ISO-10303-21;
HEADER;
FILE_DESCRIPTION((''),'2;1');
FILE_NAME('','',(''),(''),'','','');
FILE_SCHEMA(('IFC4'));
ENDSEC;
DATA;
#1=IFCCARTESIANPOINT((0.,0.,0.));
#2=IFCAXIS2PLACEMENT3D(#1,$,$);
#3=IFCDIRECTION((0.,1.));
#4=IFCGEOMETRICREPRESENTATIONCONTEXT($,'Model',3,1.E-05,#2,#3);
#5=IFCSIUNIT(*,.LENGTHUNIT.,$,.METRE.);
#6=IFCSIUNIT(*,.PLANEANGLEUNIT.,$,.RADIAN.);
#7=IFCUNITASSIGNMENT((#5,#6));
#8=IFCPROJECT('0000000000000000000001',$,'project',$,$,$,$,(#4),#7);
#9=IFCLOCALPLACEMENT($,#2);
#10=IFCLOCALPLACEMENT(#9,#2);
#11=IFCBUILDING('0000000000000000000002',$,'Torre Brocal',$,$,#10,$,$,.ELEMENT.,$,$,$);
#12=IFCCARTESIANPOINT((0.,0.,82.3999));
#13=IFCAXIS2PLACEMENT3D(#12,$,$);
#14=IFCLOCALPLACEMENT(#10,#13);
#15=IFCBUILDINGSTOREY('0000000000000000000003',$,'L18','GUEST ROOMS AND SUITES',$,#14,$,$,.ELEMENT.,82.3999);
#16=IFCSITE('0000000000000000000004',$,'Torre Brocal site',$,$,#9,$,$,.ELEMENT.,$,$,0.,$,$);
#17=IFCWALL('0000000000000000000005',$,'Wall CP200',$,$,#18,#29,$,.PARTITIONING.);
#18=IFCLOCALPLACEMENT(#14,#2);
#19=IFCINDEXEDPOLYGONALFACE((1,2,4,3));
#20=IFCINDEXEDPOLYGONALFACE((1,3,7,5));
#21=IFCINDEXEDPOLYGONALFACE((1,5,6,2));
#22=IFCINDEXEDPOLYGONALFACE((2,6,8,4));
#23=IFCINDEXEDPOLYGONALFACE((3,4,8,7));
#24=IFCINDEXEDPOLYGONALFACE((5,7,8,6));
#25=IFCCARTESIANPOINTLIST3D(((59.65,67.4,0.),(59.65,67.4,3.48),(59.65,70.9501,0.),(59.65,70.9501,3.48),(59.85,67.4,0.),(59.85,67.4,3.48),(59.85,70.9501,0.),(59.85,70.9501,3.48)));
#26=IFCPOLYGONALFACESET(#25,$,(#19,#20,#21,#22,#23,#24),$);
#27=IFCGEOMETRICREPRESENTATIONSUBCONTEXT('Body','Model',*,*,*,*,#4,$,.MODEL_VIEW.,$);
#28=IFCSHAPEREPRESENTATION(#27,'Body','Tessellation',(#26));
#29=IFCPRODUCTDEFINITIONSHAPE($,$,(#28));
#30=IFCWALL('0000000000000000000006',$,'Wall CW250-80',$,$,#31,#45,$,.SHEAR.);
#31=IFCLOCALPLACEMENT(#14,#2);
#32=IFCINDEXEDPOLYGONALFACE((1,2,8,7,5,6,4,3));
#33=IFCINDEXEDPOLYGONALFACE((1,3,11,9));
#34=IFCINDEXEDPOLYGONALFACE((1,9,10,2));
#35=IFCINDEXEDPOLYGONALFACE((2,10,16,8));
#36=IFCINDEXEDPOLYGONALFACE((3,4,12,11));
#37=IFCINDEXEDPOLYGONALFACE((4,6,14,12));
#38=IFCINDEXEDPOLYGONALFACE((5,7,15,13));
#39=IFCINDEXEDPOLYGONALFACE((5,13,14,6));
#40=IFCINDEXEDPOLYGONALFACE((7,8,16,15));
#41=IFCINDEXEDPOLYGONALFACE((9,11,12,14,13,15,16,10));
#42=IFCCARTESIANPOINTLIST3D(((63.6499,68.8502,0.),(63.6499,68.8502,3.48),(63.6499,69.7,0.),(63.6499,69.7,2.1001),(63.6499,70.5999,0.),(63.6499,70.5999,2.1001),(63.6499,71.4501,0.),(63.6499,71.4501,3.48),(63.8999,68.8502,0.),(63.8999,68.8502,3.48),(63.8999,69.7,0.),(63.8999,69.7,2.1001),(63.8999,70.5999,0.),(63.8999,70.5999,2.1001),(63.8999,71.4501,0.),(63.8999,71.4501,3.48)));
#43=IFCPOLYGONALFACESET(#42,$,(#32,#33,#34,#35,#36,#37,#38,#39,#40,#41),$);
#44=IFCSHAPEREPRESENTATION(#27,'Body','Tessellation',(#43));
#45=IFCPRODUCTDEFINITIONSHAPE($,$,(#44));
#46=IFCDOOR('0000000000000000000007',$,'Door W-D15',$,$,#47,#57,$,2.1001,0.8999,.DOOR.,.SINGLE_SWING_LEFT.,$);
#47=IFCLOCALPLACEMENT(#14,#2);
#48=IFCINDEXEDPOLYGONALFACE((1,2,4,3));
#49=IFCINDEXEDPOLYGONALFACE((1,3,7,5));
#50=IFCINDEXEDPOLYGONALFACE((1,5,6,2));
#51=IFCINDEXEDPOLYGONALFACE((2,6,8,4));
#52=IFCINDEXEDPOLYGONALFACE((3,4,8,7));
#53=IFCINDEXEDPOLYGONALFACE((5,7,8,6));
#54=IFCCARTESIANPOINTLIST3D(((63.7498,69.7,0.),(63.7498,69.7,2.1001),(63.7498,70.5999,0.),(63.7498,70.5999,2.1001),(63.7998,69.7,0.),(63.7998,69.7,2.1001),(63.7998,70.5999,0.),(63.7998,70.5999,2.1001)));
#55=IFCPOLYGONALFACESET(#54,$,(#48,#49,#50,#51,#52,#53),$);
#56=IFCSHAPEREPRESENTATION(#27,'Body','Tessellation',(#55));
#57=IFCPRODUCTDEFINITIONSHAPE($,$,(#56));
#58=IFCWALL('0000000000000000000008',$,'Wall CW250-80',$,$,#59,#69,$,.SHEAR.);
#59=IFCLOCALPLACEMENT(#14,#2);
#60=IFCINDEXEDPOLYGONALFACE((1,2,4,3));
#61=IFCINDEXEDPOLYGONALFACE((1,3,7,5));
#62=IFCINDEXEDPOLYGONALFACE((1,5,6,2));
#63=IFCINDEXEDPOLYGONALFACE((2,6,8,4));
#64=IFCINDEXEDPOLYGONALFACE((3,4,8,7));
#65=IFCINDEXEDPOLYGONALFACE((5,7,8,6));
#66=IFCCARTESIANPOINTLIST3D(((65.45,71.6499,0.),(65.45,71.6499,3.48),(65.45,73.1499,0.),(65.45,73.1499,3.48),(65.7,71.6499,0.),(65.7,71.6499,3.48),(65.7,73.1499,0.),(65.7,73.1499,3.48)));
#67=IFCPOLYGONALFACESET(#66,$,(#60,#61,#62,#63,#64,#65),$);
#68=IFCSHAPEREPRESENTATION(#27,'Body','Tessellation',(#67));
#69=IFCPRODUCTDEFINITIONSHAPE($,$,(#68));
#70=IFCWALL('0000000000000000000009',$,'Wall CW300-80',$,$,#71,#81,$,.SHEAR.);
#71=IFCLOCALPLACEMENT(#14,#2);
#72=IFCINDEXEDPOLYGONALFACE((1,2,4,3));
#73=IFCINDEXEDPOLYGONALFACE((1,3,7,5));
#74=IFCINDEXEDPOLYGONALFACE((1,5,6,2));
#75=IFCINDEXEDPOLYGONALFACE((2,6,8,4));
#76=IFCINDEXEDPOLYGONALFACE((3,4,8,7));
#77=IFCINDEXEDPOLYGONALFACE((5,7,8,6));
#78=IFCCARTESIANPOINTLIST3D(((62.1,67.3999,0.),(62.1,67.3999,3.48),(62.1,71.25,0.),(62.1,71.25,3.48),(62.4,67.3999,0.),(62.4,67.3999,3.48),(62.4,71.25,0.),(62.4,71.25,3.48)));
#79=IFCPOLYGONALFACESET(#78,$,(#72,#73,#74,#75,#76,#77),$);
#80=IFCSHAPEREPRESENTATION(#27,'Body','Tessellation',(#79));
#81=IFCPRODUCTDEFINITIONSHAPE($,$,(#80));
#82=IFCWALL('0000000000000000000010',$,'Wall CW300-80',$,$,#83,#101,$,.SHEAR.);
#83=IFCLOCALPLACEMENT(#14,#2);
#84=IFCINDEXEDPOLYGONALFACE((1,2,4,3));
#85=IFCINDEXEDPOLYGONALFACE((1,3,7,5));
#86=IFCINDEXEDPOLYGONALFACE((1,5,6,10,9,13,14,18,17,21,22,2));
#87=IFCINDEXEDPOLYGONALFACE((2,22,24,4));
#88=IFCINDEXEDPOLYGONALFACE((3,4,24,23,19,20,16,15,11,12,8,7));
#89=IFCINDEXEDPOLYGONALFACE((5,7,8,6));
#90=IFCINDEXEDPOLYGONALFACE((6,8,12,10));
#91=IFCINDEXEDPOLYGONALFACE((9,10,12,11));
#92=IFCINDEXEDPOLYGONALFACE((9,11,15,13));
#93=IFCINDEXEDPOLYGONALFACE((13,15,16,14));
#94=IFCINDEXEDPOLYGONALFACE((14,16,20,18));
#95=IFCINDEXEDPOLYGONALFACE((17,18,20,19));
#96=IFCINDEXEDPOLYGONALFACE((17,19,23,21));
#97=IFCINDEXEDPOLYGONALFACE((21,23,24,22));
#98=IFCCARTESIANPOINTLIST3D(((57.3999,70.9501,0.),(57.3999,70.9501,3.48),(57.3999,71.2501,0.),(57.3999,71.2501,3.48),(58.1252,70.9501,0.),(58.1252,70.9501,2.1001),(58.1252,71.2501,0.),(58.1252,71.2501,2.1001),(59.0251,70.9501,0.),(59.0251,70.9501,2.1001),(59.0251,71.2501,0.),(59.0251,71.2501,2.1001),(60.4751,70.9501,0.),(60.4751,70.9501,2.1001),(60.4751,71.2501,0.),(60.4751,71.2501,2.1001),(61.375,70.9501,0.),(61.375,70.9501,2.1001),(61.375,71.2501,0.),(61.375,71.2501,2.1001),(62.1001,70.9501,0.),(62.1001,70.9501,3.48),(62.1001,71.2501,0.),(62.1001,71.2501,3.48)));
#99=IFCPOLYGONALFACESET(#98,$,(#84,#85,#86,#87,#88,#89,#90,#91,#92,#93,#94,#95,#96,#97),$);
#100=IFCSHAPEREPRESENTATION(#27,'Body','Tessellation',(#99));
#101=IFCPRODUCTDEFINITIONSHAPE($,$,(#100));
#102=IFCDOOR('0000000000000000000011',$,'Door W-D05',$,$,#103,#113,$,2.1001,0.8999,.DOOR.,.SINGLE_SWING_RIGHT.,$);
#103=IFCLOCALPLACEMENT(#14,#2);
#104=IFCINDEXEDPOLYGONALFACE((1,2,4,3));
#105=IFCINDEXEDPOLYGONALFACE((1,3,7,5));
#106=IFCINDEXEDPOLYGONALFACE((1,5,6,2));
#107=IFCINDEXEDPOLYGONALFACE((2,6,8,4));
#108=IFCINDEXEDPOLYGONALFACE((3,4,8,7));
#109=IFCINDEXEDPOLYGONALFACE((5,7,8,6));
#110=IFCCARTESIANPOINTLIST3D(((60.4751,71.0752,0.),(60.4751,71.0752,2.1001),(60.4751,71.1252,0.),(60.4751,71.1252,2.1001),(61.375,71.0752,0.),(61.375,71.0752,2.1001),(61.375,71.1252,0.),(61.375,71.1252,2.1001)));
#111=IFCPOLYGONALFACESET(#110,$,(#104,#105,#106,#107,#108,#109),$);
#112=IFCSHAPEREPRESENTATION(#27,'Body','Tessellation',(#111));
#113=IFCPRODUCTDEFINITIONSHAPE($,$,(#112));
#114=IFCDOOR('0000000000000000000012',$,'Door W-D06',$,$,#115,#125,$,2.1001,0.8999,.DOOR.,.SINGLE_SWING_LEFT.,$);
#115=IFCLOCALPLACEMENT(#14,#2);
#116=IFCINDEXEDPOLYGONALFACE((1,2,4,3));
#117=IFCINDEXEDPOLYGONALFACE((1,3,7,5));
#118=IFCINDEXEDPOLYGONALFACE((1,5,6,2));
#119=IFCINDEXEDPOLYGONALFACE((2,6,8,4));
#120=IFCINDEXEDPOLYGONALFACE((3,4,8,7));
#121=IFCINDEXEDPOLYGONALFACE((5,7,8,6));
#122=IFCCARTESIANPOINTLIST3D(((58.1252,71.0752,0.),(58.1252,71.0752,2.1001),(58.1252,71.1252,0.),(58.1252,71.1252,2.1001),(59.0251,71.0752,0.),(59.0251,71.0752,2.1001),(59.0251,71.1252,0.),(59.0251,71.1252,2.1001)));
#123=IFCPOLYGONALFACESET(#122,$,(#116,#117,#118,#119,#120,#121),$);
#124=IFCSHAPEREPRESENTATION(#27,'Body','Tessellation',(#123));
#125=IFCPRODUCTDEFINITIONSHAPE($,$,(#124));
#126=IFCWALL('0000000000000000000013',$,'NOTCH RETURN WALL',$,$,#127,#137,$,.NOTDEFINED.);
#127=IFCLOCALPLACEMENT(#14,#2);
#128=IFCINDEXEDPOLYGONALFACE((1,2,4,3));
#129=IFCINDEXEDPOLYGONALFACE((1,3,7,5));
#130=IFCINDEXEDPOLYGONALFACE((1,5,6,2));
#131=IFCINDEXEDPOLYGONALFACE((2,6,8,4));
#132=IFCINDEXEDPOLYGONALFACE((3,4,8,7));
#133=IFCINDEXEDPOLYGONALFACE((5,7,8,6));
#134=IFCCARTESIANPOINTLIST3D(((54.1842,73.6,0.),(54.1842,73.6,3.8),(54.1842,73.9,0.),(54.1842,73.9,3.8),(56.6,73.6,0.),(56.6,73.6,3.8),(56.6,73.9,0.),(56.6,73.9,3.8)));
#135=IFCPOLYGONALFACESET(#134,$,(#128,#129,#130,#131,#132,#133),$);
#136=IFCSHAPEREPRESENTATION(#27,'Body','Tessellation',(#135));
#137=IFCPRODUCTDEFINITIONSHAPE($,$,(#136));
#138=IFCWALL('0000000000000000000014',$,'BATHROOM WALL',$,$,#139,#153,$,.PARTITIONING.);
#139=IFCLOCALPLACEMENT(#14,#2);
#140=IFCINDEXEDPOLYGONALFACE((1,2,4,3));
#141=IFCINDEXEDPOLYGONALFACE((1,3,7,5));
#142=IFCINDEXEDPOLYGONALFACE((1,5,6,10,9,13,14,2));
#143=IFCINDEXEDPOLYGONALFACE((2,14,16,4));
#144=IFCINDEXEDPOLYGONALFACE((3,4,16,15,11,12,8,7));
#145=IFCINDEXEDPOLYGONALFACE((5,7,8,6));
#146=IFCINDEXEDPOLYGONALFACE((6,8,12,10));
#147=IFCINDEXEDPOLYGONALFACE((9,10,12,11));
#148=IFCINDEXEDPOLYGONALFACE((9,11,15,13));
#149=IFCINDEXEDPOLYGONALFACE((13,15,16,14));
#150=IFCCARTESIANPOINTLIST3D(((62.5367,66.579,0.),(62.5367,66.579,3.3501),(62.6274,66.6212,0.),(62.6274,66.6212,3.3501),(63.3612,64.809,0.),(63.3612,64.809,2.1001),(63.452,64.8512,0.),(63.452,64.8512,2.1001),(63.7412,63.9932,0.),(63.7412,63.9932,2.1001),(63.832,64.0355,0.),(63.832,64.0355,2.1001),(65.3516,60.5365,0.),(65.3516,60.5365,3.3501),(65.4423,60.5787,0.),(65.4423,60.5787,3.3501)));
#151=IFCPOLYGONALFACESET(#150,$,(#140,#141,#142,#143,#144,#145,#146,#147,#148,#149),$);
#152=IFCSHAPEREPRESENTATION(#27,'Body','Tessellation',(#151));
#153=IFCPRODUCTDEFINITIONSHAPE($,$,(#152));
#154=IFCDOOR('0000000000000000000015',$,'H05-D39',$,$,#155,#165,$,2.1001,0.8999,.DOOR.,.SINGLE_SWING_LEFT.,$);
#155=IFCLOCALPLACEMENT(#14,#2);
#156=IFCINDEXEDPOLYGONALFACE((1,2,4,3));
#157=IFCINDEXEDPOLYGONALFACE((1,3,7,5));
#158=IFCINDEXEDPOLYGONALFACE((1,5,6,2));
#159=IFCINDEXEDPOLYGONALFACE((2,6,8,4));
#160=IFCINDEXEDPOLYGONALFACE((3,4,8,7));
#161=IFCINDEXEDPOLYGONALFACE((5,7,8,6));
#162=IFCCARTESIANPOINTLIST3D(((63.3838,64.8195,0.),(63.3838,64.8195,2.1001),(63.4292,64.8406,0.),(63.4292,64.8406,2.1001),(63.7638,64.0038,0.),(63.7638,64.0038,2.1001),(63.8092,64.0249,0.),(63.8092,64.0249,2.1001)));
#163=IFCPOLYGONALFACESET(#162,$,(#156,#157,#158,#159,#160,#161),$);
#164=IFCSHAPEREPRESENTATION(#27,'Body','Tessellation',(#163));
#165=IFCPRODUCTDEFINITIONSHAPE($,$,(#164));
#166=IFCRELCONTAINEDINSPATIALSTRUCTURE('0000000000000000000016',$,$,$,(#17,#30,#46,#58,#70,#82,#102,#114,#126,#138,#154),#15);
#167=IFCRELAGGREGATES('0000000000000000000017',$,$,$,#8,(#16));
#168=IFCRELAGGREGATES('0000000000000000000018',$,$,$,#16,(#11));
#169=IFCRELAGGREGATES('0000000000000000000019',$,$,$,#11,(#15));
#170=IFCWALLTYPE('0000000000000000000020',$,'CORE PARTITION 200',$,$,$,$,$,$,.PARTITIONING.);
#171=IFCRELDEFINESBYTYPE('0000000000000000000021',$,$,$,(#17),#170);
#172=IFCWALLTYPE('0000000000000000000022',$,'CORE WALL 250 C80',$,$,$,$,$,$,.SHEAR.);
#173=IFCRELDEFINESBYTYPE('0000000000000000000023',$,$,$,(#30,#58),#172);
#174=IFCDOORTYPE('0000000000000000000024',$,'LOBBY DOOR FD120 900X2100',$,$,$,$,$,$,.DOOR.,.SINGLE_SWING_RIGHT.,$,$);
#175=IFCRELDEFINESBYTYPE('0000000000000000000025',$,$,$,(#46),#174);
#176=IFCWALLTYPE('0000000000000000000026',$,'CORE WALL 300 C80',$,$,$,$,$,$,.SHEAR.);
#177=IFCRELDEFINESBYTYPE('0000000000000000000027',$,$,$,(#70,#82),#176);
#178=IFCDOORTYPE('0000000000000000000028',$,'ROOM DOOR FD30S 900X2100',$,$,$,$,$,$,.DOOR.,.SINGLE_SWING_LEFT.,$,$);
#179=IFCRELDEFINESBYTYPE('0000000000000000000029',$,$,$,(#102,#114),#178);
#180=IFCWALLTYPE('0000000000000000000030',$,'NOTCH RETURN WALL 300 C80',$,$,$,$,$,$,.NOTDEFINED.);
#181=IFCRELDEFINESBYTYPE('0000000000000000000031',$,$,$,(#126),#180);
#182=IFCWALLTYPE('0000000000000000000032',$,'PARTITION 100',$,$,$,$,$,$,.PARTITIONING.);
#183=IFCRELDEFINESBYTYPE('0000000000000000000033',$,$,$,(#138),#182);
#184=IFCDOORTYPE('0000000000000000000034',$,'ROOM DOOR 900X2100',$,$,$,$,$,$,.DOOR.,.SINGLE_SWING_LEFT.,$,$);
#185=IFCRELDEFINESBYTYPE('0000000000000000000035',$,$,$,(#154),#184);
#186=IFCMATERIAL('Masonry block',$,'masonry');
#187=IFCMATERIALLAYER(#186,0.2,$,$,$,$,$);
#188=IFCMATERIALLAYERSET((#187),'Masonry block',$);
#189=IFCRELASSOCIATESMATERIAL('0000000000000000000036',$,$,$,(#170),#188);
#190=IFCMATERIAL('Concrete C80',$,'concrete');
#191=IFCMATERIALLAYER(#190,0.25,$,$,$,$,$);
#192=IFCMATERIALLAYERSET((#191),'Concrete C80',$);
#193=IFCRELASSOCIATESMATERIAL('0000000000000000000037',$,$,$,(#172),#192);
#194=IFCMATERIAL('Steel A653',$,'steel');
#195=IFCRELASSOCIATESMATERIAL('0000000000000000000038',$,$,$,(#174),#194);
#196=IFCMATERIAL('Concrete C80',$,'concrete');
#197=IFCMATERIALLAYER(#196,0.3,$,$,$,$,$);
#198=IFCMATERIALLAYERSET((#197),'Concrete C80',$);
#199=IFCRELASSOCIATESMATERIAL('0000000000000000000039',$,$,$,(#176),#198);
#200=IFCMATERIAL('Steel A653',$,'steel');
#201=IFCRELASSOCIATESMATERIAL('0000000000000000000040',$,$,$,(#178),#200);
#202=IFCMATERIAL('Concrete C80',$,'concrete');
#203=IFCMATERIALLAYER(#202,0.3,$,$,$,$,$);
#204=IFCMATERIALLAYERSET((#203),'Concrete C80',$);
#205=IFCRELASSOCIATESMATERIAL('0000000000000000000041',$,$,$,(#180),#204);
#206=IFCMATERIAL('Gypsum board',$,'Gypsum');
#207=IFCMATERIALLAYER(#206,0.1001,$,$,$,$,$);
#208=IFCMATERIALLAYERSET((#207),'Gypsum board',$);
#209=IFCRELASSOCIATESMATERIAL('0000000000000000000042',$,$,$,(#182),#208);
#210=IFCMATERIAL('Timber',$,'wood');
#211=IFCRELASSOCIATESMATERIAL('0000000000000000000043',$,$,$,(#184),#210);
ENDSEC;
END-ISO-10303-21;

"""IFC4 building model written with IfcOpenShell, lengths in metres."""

from ifc_helpers import new_model, si_unit, direction, frame, frame_2d, origin, place, context, subcontext, project, spatial, rectangle, extrude, material, layer, layer_set, type_object, element, fill, save


model = new_model("IFC4")

# Units and contexts
model_context = context("Model", 3, precision=1e-05, world=origin(), true_north=direction((0.0, 1.0)))
body_context = subcontext(model_context, "Body", "Model", "MODEL_VIEW")
ifc_project = project(units=[si_unit("LENGTHUNIT", "METRE"), si_unit("PLANEANGLEUNIT", "RADIAN")], contexts=[model_context])

# Site, building, storey
site_placement = place(None, origin())
site = spatial("IfcSite", under=ifc_project, at=site_placement, Name="Torre Brocal site", CompositionType="ELEMENT", RefElevation=0.0)
building_placement = place(site_placement, origin())
building = spatial("IfcBuilding", under=site, at=building_placement, Name="Torre Brocal", CompositionType="ELEMENT")
storey_placement = place(building_placement, frame((0.0, 0.0, 82.3999)))
storey = spatial("IfcBuildingStorey", under=building, at=storey_placement, Name="L18", Description="GUEST ROOMS AND SUITES", CompositionType="ELEMENT", Elevation=82.3999)

# Wall
ifc_material_1 = material(Name="Masonry block", Category="masonry")
ifc_layer_1 = layer(ifc_material_1, 0.2)
ifc_layer_set_1 = layer_set([ifc_layer_1], Name="Masonry block")
wall_type_1 = type_object("IfcWallType", Name="CORE PARTITION 200", PredefinedType="PARTITIONING", material=ifc_layer_set_1)
wall_1_placement = place(storey_placement, frame((59.75, 70.95, 0.0), z_axis=(0.0, 0.0, 1.0), x_axis=(0.0, -1.0, 0.0)))
element("IfcWall", 1, at=wall_1_placement, inside=storey, type_object=wall_type_1, Name="Wall CP200", PredefinedType="PARTITIONING", context=body_context, shape_type="SweptSolid", body=[
    extrude(rectangle(XDim=3.55, YDim=0.2, at=frame_2d((1.7749, 0.0))), origin(), (0.0, 0.0, 1.0), 3.48),
])

# Wall, opening, door
ifc_material_2 = material(Name="Concrete C80", Category="concrete")
ifc_layer_2 = layer(ifc_material_2, 0.25)
ifc_layer_set_2 = layer_set([ifc_layer_2], Name="Concrete C80")
wall_type_2 = type_object("IfcWallType", Name="CORE WALL 250 C80", PredefinedType="SHEAR", material=ifc_layer_set_2)
wall_2_placement = place(storey_placement, frame((63.7749, 71.45, 0.0), z_axis=(0.0, 0.0, 1.0), x_axis=(0.0, -1.0, 0.0)))
wall_2 = element("IfcWall", 2, at=wall_2_placement, inside=storey, type_object=wall_type_2, Name="Wall CW250-80", PredefinedType="SHEAR", context=body_context, shape_type="SweptSolid", body=[
    extrude(rectangle(XDim=2.5999, YDim=0.25, at=frame_2d((1.2998, 0.0))), origin(), (0.0, 0.0, 1.0), 3.48),
])
opening_1_placement = place(wall_2_placement, frame((0.8501, 0.0, 0.0)))
opening_1 = element("IfcOpeningElement", 3, at=opening_1_placement, cuts=wall_2, PredefinedType="OPENING", context=body_context, shape_type="SweptSolid", body=[
    extrude(rectangle(XDim=0.8999, YDim=2.1001, at=frame_2d((0.45, 1.05))), frame((0.0, 0.135, 0.0), z_axis=(0.0, -1.0, 0.0), x_axis=(1.0, 0.0, 0.0)), (0.0, 0.0, 1.0), 0.27),
])
ifc_material_3 = material(Name="Steel A653", Category="steel")
door_type_1 = type_object("IfcDoorType", Name="LOBBY DOOR FD120 900X2100", OperationType="SINGLE_SWING_RIGHT", PredefinedType="DOOR", material=ifc_material_3)
door_1_placement = place(opening_1_placement, origin())
door_1 = element("IfcDoor", 4, at=door_1_placement, inside=storey, type_object=door_type_1, Name="Door W-D15", OperationType="SINGLE_SWING_LEFT", OverallHeight=2.1001, OverallWidth=0.8999, PredefinedType="DOOR", context=body_context, shape_type="SweptSolid", body=[
    extrude(rectangle(XDim=0.8999, YDim=2.1001, at=frame_2d((0.45, 1.05))), frame((0.0, 0.0249, 0.0), z_axis=(0.0, -1.0, 0.0), x_axis=(1.0, 0.0, 0.0)), (0.0, 0.0, 1.0), 0.05),
])
fill(opening_1, door_1)

# Walls
wall_3_placement = place(storey_placement, frame((65.575, 73.1499, 0.0), z_axis=(0.0, 0.0, 1.0), x_axis=(0.0, -1.0, 0.0)))
element("IfcWall", 5, at=wall_3_placement, inside=storey, type_object=wall_type_2, Name="Wall CW250-80", PredefinedType="SHEAR", context=body_context, shape_type="SweptSolid", body=[
    extrude(rectangle(XDim=1.5, YDim=0.25, at=frame_2d((0.75, 0.0))), origin(), (0.0, 0.0, 1.0), 3.48),
])
ifc_material_4 = material(Name="Concrete C80", Category="concrete")
ifc_layer_3 = layer(ifc_material_4, 0.3)
ifc_layer_set_3 = layer_set([ifc_layer_3], Name="Concrete C80")
wall_type_3 = type_object("IfcWallType", Name="CORE WALL 300 C80", PredefinedType="SHEAR", material=ifc_layer_set_3)
wall_4_placement = place(storey_placement, frame((62.25, 71.25, 0.0), z_axis=(0.0, 0.0, 1.0), x_axis=(0.0, -1.0, 0.0)))
element("IfcWall", 6, at=wall_4_placement, inside=storey, type_object=wall_type_3, Name="Wall CW300-80", PredefinedType="SHEAR", context=body_context, shape_type="SweptSolid", body=[
    extrude(rectangle(XDim=3.8501, YDim=0.3, at=frame_2d((1.925, 0.0))), origin(), (0.0, 0.0, 1.0), 3.48),
])

# Wall, openings, doors
wall_5_placement = place(storey_placement, frame((62.1001, 71.1001, 0.0), z_axis=(0.0, 0.0, 1.0), x_axis=(-1.0, 0.0, 0.0)))
wall_5 = element("IfcWall", 7, at=wall_5_placement, inside=storey, type_object=wall_type_3, Name="Wall CW300-80", PredefinedType="SHEAR", context=body_context, shape_type="SweptSolid", body=[
    extrude(rectangle(XDim=4.7002, YDim=0.3, at=frame_2d((2.3501, 0.0))), origin(), (0.0, 0.0, 1.0), 3.48),
])
opening_2_placement = place(wall_5_placement, frame((0.7251, 0.0, 0.0)))
opening_2 = element("IfcOpeningElement", 8, at=opening_2_placement, cuts=wall_5, PredefinedType="OPENING", context=body_context, shape_type="SweptSolid", body=[
    extrude(rectangle(XDim=0.8999, YDim=2.1001, at=frame_2d((0.45, 1.05))), frame((0.0, 0.1599, 0.0), z_axis=(0.0, -1.0, 0.0), x_axis=(1.0, 0.0, 0.0)), (0.0, 0.0, 1.0), 0.3201),
])
opening_3_placement = place(wall_5_placement, frame((3.075, 0.0, 0.0)))
opening_3 = element("IfcOpeningElement", 9, at=opening_3_placement, cuts=wall_5, PredefinedType="OPENING", context=body_context, shape_type="SweptSolid", body=[
    extrude(rectangle(XDim=0.8999, YDim=2.1001, at=frame_2d((0.45, 1.05))), frame((0.0, 0.1599, 0.0), z_axis=(0.0, -1.0, 0.0), x_axis=(1.0, 0.0, 0.0)), (0.0, 0.0, 1.0), 0.3201),
])
ifc_material_5 = material(Name="Steel A653", Category="steel")
door_type_2 = type_object("IfcDoorType", Name="ROOM DOOR FD30S 900X2100", OperationType="SINGLE_SWING_LEFT", PredefinedType="DOOR", material=ifc_material_5)
door_2_placement = place(opening_2_placement, origin())
door_2 = element("IfcDoor", 10, at=door_2_placement, inside=storey, type_object=door_type_2, Name="Door W-D05", OperationType="SINGLE_SWING_RIGHT", OverallHeight=2.1001, OverallWidth=0.8999, PredefinedType="DOOR", context=body_context, shape_type="SweptSolid", body=[
    extrude(rectangle(XDim=0.8999, YDim=2.1001, at=frame_2d((0.45, 1.05))), frame((0.0, 0.0249, 0.0), z_axis=(0.0, -1.0, 0.0), x_axis=(1.0, 0.0, 0.0)), (0.0, 0.0, 1.0), 0.05),
])
fill(opening_2, door_2)
door_3_placement = place(opening_3_placement, origin())
door_3 = element("IfcDoor", 11, at=door_3_placement, inside=storey, type_object=door_type_2, Name="Door W-D06", OperationType="SINGLE_SWING_LEFT", OverallHeight=2.1001, OverallWidth=0.8999, PredefinedType="DOOR", context=body_context, shape_type="SweptSolid", body=[
    extrude(rectangle(XDim=0.8999, YDim=2.1001, at=frame_2d((0.45, 1.05))), frame((0.0, 0.0249, 0.0), z_axis=(0.0, -1.0, 0.0), x_axis=(1.0, 0.0, 0.0)), (0.0, 0.0, 1.0), 0.05),
])
fill(opening_3, door_3)

# Wall
ifc_material_6 = material(Name="Concrete C80", Category="concrete")
ifc_layer_4 = layer(ifc_material_6, 0.3)
ifc_layer_set_4 = layer_set([ifc_layer_4], Name="Concrete C80")
wall_type_4 = type_object("IfcWallType", Name="NOTCH RETURN WALL 300 C80", PredefinedType="NOTDEFINED", material=ifc_layer_set_4)
wall_6_placement = place(storey_placement, frame((56.6001, 73.75, 0.0), z_axis=(0.0, 0.0, 1.0), x_axis=(-1.0, 0.0, 0.0)))
element("IfcWall", 12, at=wall_6_placement, inside=storey, type_object=wall_type_4, Name="NOTCH RETURN WALL", PredefinedType="NOTDEFINED", context=body_context, shape_type="SweptSolid", body=[
    extrude(rectangle(XDim=2.4158, YDim=0.3, at=frame_2d((1.208, 0.0))), origin(), (0.0, 0.0, 1.0), 3.8),
])

# Wall, opening, door
ifc_material_7 = material(Name="Gypsum board", Category="Gypsum")
ifc_layer_5 = layer(ifc_material_7, 0.1001)
ifc_layer_set_5 = layer_set([ifc_layer_5], Name="Gypsum board")
wall_type_5 = type_object("IfcWallType", Name="PARTITION 100", PredefinedType="PARTITIONING", material=ifc_layer_set_5)
wall_7_placement = place(storey_placement, frame((62.582, 66.6001, 0.0), z_axis=(0.0, 0.0, 1.0), x_axis=(0.422284, -0.906464, 0.0)))
wall_7 = element("IfcWall", 13, at=wall_7_placement, inside=storey, type_object=wall_type_5, Name="BATHROOM WALL", PredefinedType="PARTITIONING", context=body_context, shape_type="SweptSolid", body=[
    extrude(rectangle(XDim=6.666, YDim=0.1001, at=frame_2d((3.333, 0.0))), origin(), (0.0, 0.0, 1.0), 3.3501),
])
opening_4_placement = place(wall_7_placement, frame((1.9526, 0.0, 0.0)))
opening_4 = element("IfcOpeningElement", 14, at=opening_4_placement, cuts=wall_7, PredefinedType="OPENING", context=body_context, shape_type="SweptSolid", body=[
    extrude(rectangle(XDim=0.8999, YDim=2.1001, at=frame_2d((0.45, 1.05))), frame((0.0, 0.0601, 0.0), z_axis=(0.0, -1.0, 0.0), x_axis=(1.0, 0.0, 0.0)), (0.0, 0.0, 1.0), 0.1201),
])
ifc_material_8 = material(Name="Timber", Category="wood")
door_type_3 = type_object("IfcDoorType", Name="ROOM DOOR 900X2100", OperationType="SINGLE_SWING_LEFT", PredefinedType="DOOR", material=ifc_material_8)
door_4_placement = place(opening_4_placement, origin())
door_4 = element("IfcDoor", 15, at=door_4_placement, inside=storey, type_object=door_type_3, Name="H05-D39", OperationType="SINGLE_SWING_LEFT", OverallHeight=2.1001, OverallWidth=0.8999, PredefinedType="DOOR", context=body_context, shape_type="SweptSolid", body=[
    extrude(rectangle(XDim=0.8999, YDim=2.1001, at=frame_2d((0.45, 1.05))), frame((0.0, 0.0249, 0.0), z_axis=(0.0, -1.0, 0.0), x_axis=(1.0, 0.0, 0.0)), (0.0, 0.0, 1.0), 0.05),
])
fill(opening_4, door_4)

save(model, "model.ifc")
